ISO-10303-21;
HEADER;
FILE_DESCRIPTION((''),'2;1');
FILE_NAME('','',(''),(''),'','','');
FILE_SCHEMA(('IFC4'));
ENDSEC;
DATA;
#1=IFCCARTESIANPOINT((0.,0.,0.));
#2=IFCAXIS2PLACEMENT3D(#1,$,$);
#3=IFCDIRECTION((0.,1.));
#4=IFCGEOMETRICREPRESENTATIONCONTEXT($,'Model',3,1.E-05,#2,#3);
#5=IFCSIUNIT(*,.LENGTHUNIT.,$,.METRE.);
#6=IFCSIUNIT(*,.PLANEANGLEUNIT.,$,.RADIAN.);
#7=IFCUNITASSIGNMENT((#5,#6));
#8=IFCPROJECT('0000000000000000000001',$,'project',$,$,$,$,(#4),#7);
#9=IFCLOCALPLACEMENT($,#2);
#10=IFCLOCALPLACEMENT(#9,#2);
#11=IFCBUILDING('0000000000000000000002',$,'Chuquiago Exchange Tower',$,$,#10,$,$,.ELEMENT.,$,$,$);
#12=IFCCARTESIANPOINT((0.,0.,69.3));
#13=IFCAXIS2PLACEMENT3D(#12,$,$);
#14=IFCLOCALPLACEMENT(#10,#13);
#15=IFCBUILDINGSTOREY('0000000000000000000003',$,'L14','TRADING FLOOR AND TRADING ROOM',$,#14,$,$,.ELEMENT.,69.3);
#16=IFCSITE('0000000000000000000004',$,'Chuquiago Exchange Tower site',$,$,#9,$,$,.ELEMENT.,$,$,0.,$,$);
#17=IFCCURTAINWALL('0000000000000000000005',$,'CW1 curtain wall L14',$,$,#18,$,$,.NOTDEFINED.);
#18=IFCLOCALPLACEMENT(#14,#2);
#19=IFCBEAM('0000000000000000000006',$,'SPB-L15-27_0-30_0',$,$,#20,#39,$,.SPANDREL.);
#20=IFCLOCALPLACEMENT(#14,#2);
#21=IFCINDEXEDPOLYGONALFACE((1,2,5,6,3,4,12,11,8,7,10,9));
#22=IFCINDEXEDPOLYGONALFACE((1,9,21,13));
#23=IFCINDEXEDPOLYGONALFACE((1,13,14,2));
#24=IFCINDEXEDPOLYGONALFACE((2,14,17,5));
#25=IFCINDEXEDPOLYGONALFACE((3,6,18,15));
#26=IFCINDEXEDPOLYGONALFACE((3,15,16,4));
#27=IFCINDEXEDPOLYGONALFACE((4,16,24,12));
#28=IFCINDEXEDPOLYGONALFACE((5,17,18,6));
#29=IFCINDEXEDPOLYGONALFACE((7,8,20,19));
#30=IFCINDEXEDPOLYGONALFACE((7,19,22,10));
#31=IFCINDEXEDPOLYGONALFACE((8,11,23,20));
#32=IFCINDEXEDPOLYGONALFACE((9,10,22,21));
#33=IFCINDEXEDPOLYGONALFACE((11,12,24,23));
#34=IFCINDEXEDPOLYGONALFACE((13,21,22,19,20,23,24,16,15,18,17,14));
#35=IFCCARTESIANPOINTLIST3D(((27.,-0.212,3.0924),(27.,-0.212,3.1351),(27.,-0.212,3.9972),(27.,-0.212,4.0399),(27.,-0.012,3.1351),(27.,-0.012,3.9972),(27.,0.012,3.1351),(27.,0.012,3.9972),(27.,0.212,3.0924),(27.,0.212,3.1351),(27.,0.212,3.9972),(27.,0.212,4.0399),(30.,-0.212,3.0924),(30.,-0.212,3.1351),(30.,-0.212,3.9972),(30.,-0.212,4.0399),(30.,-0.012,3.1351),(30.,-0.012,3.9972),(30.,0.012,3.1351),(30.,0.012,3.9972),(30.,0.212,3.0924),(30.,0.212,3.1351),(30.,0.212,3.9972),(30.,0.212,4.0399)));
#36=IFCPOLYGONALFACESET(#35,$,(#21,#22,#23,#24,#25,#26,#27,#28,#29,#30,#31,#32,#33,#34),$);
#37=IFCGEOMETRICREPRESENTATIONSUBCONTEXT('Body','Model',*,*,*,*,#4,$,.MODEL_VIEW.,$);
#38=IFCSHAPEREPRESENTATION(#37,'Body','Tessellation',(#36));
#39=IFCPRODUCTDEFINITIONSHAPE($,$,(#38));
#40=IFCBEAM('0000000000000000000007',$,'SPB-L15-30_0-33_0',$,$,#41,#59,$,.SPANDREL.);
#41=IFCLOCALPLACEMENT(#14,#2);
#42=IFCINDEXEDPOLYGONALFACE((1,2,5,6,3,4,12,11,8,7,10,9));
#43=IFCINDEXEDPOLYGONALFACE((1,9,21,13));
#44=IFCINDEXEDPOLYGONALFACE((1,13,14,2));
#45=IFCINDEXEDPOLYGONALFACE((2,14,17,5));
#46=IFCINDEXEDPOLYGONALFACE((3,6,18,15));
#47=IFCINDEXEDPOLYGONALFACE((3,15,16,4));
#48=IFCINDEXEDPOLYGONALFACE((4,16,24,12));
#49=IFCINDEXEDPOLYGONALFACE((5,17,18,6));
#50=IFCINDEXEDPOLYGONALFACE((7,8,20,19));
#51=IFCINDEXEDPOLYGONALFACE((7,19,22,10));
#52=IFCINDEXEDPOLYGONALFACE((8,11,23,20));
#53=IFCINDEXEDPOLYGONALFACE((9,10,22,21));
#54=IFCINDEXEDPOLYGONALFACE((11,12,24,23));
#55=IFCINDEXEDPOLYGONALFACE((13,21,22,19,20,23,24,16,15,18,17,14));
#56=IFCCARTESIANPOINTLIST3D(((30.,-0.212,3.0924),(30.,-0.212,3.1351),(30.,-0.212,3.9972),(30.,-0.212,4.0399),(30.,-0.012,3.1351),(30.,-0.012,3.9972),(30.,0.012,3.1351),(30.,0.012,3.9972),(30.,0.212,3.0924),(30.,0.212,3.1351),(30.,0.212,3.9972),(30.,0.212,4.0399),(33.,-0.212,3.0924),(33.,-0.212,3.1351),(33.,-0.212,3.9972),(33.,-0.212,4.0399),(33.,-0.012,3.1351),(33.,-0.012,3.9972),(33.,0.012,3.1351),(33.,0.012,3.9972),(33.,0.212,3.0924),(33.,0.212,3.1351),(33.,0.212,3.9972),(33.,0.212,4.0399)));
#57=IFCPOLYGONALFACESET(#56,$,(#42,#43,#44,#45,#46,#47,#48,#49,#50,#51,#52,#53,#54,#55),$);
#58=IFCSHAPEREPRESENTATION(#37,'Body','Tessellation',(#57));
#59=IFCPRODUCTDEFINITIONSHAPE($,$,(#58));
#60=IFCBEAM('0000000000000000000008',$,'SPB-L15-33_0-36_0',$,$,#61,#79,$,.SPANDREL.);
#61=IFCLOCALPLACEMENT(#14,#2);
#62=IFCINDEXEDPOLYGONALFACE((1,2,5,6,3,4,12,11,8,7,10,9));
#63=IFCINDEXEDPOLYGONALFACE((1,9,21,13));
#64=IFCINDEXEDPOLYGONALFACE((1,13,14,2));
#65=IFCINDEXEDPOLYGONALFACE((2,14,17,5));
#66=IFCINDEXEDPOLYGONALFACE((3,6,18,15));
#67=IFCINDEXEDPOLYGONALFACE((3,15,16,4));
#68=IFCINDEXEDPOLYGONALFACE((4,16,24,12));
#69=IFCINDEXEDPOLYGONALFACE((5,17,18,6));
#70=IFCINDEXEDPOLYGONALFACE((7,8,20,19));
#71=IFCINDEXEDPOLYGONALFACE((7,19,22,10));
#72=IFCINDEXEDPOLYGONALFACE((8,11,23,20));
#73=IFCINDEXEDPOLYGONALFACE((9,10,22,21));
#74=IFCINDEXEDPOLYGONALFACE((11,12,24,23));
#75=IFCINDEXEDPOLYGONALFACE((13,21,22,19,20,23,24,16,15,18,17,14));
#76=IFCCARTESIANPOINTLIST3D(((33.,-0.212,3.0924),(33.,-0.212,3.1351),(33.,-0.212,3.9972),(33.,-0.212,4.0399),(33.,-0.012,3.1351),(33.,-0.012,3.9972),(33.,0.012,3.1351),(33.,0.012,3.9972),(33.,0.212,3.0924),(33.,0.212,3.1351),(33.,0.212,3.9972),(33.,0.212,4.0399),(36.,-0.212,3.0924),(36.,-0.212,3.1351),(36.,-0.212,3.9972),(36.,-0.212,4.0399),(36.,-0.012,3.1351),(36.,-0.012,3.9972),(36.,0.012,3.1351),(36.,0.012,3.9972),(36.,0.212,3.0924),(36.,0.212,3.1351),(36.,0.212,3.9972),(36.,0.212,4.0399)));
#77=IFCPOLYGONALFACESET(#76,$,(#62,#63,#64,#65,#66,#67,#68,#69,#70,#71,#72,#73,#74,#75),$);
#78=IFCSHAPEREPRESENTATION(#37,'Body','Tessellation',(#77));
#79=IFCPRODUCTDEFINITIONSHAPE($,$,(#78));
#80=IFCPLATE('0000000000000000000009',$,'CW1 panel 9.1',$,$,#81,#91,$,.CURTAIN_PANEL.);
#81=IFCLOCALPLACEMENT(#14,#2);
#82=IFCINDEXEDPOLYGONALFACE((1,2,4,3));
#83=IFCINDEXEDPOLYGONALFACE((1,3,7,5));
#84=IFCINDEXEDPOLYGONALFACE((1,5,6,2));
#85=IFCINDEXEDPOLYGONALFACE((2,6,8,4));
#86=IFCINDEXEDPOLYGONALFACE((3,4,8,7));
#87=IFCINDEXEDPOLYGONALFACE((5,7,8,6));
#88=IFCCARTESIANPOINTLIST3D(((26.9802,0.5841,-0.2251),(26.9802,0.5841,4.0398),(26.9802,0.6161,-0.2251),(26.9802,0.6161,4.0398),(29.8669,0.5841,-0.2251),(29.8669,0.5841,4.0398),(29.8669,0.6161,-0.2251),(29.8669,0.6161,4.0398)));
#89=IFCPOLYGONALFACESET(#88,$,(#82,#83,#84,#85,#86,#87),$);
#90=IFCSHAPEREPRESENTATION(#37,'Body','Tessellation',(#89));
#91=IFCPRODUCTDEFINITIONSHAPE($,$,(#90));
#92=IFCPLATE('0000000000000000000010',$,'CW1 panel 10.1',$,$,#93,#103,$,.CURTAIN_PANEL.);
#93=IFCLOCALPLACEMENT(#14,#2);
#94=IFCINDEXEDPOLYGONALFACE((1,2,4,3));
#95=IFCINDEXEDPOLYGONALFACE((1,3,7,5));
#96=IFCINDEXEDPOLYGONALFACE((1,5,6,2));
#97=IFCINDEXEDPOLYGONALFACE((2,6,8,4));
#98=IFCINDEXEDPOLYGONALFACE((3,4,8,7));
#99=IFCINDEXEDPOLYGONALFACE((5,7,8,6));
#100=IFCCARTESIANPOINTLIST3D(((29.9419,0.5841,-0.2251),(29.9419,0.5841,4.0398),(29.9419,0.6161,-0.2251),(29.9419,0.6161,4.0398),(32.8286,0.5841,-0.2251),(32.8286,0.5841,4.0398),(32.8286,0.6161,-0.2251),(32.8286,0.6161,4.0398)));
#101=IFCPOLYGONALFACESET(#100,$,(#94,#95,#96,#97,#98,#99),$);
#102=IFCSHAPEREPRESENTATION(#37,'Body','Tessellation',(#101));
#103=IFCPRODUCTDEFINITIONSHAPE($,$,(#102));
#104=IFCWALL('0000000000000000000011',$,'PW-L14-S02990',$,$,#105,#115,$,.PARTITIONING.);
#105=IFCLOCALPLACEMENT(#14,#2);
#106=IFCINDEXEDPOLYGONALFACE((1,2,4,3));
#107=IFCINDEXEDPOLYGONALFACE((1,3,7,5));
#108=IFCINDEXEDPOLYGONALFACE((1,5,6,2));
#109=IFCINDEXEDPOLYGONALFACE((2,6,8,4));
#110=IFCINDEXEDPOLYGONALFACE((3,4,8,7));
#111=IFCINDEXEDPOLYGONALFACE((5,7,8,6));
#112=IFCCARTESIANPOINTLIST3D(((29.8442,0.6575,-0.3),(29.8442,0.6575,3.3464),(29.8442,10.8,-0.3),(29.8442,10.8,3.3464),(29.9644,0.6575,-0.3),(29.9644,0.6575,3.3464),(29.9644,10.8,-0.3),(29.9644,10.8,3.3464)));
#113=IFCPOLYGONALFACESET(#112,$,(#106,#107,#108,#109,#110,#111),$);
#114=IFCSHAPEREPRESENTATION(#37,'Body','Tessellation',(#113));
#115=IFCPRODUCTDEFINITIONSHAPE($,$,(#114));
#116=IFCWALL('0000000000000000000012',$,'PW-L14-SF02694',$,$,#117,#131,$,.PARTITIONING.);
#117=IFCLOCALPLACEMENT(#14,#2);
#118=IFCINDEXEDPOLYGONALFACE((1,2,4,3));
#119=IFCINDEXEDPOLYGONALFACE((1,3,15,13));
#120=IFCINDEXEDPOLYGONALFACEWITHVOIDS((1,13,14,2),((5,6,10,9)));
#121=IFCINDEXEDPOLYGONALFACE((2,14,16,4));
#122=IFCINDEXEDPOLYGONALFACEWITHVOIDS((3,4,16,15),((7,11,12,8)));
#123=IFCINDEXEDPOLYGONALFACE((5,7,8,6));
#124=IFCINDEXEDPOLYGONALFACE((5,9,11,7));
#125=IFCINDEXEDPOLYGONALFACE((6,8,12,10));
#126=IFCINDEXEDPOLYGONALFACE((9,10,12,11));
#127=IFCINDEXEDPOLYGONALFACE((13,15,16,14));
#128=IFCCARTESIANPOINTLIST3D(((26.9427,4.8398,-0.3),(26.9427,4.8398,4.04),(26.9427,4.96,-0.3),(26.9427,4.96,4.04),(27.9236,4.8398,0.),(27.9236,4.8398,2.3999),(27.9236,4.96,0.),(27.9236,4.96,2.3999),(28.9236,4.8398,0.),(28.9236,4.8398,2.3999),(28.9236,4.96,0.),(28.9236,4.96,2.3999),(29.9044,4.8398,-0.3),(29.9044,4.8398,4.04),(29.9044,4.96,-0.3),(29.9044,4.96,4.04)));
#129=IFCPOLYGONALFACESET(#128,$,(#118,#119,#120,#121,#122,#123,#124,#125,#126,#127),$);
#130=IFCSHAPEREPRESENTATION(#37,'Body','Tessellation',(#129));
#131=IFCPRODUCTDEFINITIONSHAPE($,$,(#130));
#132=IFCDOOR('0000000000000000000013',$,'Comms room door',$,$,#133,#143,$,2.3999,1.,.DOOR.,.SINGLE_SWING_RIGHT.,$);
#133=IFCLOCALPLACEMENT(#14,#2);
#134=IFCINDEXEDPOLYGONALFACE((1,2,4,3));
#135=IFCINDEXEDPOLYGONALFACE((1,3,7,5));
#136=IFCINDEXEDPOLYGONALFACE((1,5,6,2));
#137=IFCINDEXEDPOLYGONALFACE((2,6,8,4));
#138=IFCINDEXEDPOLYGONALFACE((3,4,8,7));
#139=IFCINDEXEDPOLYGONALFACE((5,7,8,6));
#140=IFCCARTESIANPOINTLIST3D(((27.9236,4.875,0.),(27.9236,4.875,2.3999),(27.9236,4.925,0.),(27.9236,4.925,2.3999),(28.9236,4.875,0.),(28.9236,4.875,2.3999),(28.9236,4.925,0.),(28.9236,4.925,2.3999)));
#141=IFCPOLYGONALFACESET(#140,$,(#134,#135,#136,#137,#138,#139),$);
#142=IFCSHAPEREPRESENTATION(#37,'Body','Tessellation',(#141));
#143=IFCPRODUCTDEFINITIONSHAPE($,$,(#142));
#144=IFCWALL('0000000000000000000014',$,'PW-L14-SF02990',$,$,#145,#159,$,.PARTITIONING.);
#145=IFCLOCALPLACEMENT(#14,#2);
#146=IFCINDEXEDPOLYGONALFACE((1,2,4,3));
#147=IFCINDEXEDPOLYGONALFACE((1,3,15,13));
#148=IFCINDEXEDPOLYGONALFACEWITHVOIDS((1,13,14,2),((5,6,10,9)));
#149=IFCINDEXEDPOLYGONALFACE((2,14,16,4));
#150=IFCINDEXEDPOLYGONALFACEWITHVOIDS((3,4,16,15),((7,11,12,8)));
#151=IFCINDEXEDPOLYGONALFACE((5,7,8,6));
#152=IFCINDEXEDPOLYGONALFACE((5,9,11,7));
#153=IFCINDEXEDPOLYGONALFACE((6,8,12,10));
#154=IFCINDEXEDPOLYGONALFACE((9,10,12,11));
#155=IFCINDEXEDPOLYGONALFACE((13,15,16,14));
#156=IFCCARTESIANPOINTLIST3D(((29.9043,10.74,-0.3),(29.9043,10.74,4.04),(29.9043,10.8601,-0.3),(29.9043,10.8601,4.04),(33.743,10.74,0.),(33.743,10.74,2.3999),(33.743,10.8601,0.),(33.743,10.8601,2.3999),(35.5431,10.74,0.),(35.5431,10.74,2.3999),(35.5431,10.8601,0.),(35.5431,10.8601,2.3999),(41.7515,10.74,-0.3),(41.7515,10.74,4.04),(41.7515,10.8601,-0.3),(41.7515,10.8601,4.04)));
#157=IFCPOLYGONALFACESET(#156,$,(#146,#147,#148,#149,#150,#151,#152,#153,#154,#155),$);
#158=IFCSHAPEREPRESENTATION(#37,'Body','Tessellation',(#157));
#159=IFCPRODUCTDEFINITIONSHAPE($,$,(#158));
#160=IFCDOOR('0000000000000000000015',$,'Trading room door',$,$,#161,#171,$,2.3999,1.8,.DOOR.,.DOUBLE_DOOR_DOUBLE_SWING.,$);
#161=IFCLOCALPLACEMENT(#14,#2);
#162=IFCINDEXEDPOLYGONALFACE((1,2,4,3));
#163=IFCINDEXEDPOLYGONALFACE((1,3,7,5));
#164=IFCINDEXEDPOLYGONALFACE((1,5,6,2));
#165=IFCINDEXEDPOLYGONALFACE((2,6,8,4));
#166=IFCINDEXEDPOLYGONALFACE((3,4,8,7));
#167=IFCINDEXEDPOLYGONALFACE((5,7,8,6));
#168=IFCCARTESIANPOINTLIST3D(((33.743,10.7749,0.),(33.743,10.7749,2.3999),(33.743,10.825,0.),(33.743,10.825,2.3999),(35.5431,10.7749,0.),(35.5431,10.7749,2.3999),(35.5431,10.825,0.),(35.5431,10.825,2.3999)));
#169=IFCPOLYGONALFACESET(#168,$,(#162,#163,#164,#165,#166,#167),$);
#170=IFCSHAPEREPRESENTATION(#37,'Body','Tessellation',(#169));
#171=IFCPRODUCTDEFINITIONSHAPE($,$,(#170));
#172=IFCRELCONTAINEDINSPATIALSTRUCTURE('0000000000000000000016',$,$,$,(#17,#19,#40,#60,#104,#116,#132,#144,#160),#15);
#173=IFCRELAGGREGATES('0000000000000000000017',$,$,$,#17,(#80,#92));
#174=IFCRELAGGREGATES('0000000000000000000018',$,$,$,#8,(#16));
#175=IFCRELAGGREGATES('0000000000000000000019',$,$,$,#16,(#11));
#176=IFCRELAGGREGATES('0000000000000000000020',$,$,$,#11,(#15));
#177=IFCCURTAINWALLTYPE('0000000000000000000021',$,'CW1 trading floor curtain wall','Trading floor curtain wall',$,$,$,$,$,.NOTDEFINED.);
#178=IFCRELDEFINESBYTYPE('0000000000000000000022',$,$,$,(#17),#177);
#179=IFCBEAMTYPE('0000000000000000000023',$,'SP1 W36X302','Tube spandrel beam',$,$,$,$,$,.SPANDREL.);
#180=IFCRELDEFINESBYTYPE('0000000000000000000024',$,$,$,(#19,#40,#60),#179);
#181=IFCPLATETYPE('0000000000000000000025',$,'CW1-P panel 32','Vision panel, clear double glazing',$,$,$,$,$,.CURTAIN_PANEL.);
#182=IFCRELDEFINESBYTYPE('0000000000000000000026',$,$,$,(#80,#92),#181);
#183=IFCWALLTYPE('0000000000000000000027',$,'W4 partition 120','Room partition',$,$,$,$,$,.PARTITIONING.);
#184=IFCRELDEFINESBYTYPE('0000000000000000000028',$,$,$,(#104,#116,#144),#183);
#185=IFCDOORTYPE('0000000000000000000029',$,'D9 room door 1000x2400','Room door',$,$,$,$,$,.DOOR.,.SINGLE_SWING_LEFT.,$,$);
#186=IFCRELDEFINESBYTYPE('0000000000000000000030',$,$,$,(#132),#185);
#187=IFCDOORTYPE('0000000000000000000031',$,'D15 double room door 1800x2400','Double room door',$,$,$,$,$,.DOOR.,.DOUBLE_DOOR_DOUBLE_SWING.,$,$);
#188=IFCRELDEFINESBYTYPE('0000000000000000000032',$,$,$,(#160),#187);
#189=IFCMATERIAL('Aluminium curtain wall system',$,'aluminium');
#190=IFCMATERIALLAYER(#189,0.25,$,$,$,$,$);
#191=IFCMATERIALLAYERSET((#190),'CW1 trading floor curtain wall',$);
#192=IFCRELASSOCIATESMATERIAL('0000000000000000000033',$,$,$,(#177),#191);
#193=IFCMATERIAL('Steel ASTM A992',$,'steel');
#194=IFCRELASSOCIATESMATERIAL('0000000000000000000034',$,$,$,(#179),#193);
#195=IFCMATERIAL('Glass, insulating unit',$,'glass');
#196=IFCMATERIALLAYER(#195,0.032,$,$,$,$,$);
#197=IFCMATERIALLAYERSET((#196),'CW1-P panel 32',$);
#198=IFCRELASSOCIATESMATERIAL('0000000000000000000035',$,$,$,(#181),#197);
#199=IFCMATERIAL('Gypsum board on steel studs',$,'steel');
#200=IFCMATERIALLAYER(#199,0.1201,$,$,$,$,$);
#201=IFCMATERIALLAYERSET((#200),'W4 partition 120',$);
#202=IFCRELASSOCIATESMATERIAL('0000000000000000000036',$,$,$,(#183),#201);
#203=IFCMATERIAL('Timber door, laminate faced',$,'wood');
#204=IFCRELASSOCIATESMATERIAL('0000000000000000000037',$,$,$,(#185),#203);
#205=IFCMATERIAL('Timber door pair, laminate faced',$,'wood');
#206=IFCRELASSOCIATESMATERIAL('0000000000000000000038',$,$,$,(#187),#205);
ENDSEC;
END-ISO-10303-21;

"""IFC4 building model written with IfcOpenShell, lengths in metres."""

from ifc_helpers import new_model, si_unit, direction, frame, frame_2d, origin, origin_2d, place, context, subcontext, project, spatial, rectangle, i_section, extrude, material, layer, layer_set, material_profile, profile_set, type_object, element, fill, aggregate, save


model = new_model("IFC4")

# Units and contexts
model_context = context("Model", 3, precision=1e-05, world=origin(), true_north=direction((0.0, 1.0)))
body_context = subcontext(model_context, "Body", "Model", "MODEL_VIEW")
ifc_project = project(units=[si_unit("LENGTHUNIT", "METRE"), si_unit("PLANEANGLEUNIT", "RADIAN")], contexts=[model_context])

# Site, building, storey
site_placement = place(None, origin())
site = spatial("IfcSite", under=ifc_project, at=site_placement, Name="Chuquiago Exchange Tower site", CompositionType="ELEMENT", RefElevation=0.0)
building_placement = place(site_placement, origin())
building = spatial("IfcBuilding", under=site, at=building_placement, Name="Chuquiago Exchange Tower", CompositionType="ELEMENT")
storey_placement = place(building_placement, frame((0.0, 0.0, 69.3)))
storey = spatial("IfcBuildingStorey", under=building, at=storey_placement, Name="L14", Description="TRADING FLOOR AND TRADING ROOM", CompositionType="ELEMENT", Elevation=69.3)

# Curtain wall
ifc_material_1 = material(Name="Aluminium curtain wall system", Category="aluminium")
ifc_layer_1 = layer(ifc_material_1, 0.25)
ifc_layer_set_1 = layer_set([ifc_layer_1], Name="CW1 trading floor curtain wall")
curtain_wall_type = type_object("IfcCurtainWallType", Name="CW1 trading floor curtain wall", Description="Trading floor curtain wall", PredefinedType="NOTDEFINED", material=ifc_layer_set_1)
curtain_wall_placement = place(storey_placement, origin())
curtain_wall = element("IfcCurtainWall", 1, at=curtain_wall_placement, inside=storey, type_object=curtain_wall_type, Name="CW1 curtain wall L14", PredefinedType="NOTDEFINED")

# Beams
ifc_material_2 = material(Name="Steel ASTM A992", Category="steel")
ifc_material_profile_1 = material_profile(ifc_material_2, i_section(OverallWidth=0.4241, OverallDepth=0.9475, WebThickness=0.0239, FlangeThickness=0.0427, at=origin_2d()), Name="W36X302")
ifc_profile_set_1 = profile_set([ifc_material_profile_1], Name="Steel ASTM A992")
beam_type_1 = type_object("IfcBeamType", Name="SP1 W36X302", Description="Tube spandrel beam", PredefinedType="SPANDREL", material=ifc_profile_set_1)
for number, where, z_axis, x_axis, name in (
    (2, (27.0, 0.0, 3.5662), (1.0, 0.0, 0.0), (0.0, 1.0, 0.0), "SPB-L15-27_0-30_0"),
    (3, (30.0, 0.0, 3.5662), (1.0, 0.0, 0.0), (0.0, 1.0, 0.0), "SPB-L15-30_0-33_0"),
    (4, (33.0, 0.0, 3.5662), (1.0, 0.0, 0.0), (0.0, 1.0, 0.0), "SPB-L15-33_0-36_0"),
):
    element("IfcBeam", number, at=place(storey_placement, frame(where, z_axis=z_axis, x_axis=x_axis)), inside=storey, type_object=beam_type_1, Name=name, PredefinedType="SPANDREL", context=body_context, shape_type="SweptSolid", body=[
        extrude(i_section(OverallWidth=0.4241, OverallDepth=0.9475, WebThickness=0.0239, FlangeThickness=0.0427, at=origin_2d()), origin(), (0.0, 0.0, 1.0), 3.0),
    ])

# Plates
ifc_material_3 = material(Name="Glass, insulating unit", Category="glass")
ifc_layer_2 = layer(ifc_material_3, 0.032)
ifc_layer_set_2 = layer_set([ifc_layer_2], Name="CW1-P panel 32")
plate_type = type_object("IfcPlateType", Name="CW1-P panel 32", Description="Vision panel, clear double glazing", PredefinedType="CURTAIN_PANEL", material=ifc_layer_set_2)
plate_1_placement = place(storey_placement, frame((28.4236, 0.6001, -0.2251), z_axis=(0.0, 0.0, 1.0), x_axis=(1.0, 0.0, 0.0)))
plate_1 = element("IfcPlate", 5, at=plate_1_placement, type_object=plate_type, Name="CW1 panel 9.1", PredefinedType="CURTAIN_PANEL", context=body_context, shape_type="SweptSolid", body=[
    extrude(rectangle(XDim=2.8867, YDim=0.032, at=origin_2d()), origin(), (0.0, 0.0, 1.0), 4.2649),
])
plate_2_placement = place(storey_placement, frame((31.3853, 0.6001, -0.2251), z_axis=(0.0, 0.0, 1.0), x_axis=(1.0, 0.0, 0.0)))
plate_2 = element("IfcPlate", 6, at=plate_2_placement, type_object=plate_type, Name="CW1 panel 10.1", PredefinedType="CURTAIN_PANEL", context=body_context, shape_type="SweptSolid", body=[
    extrude(rectangle(XDim=2.8867, YDim=0.032, at=origin_2d()), origin(), (0.0, 0.0, 1.0), 4.2649),
])
aggregate(curtain_wall, [plate_1, plate_2])

# Wall
ifc_material_4 = material(Name="Gypsum board on steel studs", Category="steel")
ifc_layer_3 = layer(ifc_material_4, 0.1201)
ifc_layer_set_3 = layer_set([ifc_layer_3], Name="W4 partition 120")
wall_type = type_object("IfcWallType", Name="W4 partition 120", Description="Room partition", PredefinedType="PARTITIONING", material=ifc_layer_set_3)
wall_1_placement = place(storey_placement, frame((29.9043, 0.6575, -0.3), z_axis=(0.0, 0.0, 1.0), x_axis=(0.0, 1.0, 0.0)))
element("IfcWall", 7, at=wall_1_placement, inside=storey, type_object=wall_type, Name="PW-L14-S02990", PredefinedType="PARTITIONING", context=body_context, shape_type="SweptSolid", body=[
    extrude(rectangle(XDim=10.1426, YDim=0.1201, at=frame_2d((5.0713, 0.0))), origin(), (0.0, 0.0, 1.0), 3.6465),
])

# Walls, openings, doors
wall_2_placement = place(storey_placement, frame((26.9426, 4.8999, -0.3), z_axis=(0.0, 0.0, 1.0), x_axis=(1.0, 0.0, 0.0)))
wall_2 = element("IfcWall", 8, at=wall_2_placement, inside=storey, type_object=wall_type, Name="PW-L14-SF02694", PredefinedType="PARTITIONING", context=body_context, shape_type="SweptSolid", body=[
    extrude(rectangle(XDim=2.9617, YDim=0.1201, at=frame_2d((1.481, 0.0))), origin(), (0.0, 0.0, 1.0), 4.3401),
])
opening_1_placement = place(wall_2_placement, frame((0.981, 0.0, 0.3)))
opening_1 = element("IfcOpeningElement", 9, at=opening_1_placement, cuts=wall_2, PredefinedType="OPENING", context=body_context, shape_type="SweptSolid", body=[
    extrude(rectangle(XDim=1.0, YDim=2.3999, at=frame_2d((0.5, 1.2))), frame((0.0, 0.0701, 0.0), z_axis=(0.0, -1.0, 0.0), x_axis=(1.0, 0.0, 0.0)), (0.0, 0.0, 1.0), 0.1401),
])
ifc_material_5 = material(Name="Timber door, laminate faced", Category="wood")
door_type_1 = type_object("IfcDoorType", Name="D9 room door 1000x2400", Description="Room door", OperationType="SINGLE_SWING_LEFT", PredefinedType="DOOR", material=ifc_material_5)
door_1_placement = place(opening_1_placement, frame((1.0, 0.0, 0.0), z_axis=(0.0, 0.0, 1.0), x_axis=(-1.0, 0.0, 0.0)))
door_1 = element("IfcDoor", 10, at=door_1_placement, inside=storey, type_object=door_type_1, Name="Comms room door", OperationType="SINGLE_SWING_RIGHT", OverallHeight=2.3999, OverallWidth=1.0, PredefinedType="DOOR", context=body_context, shape_type="SweptSolid", body=[
    extrude(rectangle(XDim=1.0, YDim=2.3999, at=frame_2d((0.5, 1.2))), frame((0.0, 0.0249, 0.0), z_axis=(0.0, -1.0, 0.0), x_axis=(1.0, 0.0, 0.0)), (0.0, 0.0, 1.0), 0.05),
])
fill(opening_1, door_1)
wall_3_placement = place(storey_placement, frame((29.9043, 10.8, -0.3), z_axis=(0.0, 0.0, 1.0), x_axis=(1.0, 0.0, 0.0)))
wall_3 = element("IfcWall", 11, at=wall_3_placement, inside=storey, type_object=wall_type, Name="PW-L14-SF02990", PredefinedType="PARTITIONING", context=body_context, shape_type="SweptSolid", body=[
    extrude(rectangle(XDim=11.8472, YDim=0.1201, at=frame_2d((5.9236, 0.0))), origin(), (0.0, 0.0, 1.0), 4.3401),
])
opening_2_placement = place(wall_3_placement, frame((3.8389, 0.0, 0.3)))
opening_2 = element("IfcOpeningElement", 12, at=opening_2_placement, cuts=wall_3, PredefinedType="OPENING", context=body_context, shape_type="SweptSolid", body=[
    extrude(rectangle(XDim=1.8, YDim=2.3999, at=frame_2d((0.8999, 1.2))), frame((0.0, 0.0701, 0.0), z_axis=(0.0, -1.0, 0.0), x_axis=(1.0, 0.0, 0.0)), (0.0, 0.0, 1.0), 0.1401),
])
ifc_material_6 = material(Name="Timber door pair, laminate faced", Category="wood")
door_type_2 = type_object("IfcDoorType", Name="D15 double room door 1800x2400", Description="Double room door", OperationType="DOUBLE_DOOR_DOUBLE_SWING", PredefinedType="DOOR", material=ifc_material_6)
door_2_placement = place(opening_2_placement, origin())
door_2 = element("IfcDoor", 13, at=door_2_placement, inside=storey, type_object=door_type_2, Name="Trading room door", OperationType="DOUBLE_DOOR_DOUBLE_SWING", OverallHeight=2.3999, OverallWidth=1.8, PredefinedType="DOOR", context=body_context, shape_type="SweptSolid", body=[
    extrude(rectangle(XDim=1.8, YDim=2.3999, at=frame_2d((0.8999, 1.2))), frame((0.0, 0.0249, 0.0), z_axis=(0.0, -1.0, 0.0), x_axis=(1.0, 0.0, 0.0)), (0.0, 0.0, 1.0), 0.05),
])
fill(opening_2, door_2)

save(model, "model.ifc")
